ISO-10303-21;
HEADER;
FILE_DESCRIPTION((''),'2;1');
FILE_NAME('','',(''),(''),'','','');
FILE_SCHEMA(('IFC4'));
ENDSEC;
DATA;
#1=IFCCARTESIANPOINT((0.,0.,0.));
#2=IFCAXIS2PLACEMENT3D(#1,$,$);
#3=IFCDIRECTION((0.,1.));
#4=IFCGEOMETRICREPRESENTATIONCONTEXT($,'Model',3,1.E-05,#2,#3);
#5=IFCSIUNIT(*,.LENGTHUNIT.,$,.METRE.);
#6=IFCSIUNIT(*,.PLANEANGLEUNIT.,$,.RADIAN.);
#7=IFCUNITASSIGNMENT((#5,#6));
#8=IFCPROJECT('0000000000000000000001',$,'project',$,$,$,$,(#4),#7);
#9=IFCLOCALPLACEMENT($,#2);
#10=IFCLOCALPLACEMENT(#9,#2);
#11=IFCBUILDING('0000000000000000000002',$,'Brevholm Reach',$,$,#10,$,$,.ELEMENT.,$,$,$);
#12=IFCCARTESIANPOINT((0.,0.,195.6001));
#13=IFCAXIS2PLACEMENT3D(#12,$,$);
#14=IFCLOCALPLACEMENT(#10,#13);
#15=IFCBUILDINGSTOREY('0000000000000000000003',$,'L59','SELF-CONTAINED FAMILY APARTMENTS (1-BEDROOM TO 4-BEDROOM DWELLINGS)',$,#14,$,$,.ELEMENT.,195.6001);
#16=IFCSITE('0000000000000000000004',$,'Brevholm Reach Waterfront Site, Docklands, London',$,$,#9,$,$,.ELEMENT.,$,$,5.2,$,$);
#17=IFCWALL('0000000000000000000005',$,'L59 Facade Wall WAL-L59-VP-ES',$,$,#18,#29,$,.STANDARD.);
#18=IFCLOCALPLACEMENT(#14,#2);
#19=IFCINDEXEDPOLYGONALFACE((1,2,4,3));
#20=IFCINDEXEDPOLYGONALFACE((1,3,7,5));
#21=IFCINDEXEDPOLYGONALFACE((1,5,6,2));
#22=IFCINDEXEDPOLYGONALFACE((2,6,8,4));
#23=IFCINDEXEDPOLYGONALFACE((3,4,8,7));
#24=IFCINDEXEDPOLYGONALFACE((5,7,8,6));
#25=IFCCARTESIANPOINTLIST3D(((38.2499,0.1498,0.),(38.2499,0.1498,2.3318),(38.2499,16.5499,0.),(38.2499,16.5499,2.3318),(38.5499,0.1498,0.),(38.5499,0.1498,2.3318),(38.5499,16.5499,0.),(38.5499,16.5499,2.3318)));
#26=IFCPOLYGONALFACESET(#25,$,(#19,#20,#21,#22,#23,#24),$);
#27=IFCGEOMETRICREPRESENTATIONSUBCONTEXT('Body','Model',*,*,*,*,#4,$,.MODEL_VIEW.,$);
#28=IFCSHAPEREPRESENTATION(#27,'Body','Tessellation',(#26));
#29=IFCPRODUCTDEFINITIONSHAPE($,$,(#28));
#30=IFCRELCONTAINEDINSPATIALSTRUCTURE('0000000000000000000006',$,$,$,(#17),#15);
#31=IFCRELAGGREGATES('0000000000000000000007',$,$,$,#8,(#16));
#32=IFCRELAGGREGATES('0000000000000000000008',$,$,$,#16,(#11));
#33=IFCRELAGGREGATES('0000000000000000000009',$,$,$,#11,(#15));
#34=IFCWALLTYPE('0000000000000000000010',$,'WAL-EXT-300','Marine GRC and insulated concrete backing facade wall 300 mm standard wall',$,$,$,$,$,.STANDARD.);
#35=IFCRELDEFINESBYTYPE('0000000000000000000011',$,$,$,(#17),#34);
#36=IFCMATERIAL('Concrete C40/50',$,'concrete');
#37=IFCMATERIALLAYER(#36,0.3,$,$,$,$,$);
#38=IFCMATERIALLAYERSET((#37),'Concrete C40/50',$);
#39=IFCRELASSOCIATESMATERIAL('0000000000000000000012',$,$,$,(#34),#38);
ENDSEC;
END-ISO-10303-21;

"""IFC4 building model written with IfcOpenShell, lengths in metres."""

from ifc_helpers import new_model, si_unit, direction, frame, frame_2d, origin, place, context, subcontext, project, spatial, rectangle, extrude, material, layer, layer_set, type_object, element, save


model = new_model("IFC4")

# Units and contexts
model_context = context("Model", 3, precision=1e-05, world=origin(), true_north=direction((0.0, 1.0)))
body_context = subcontext(model_context, "Body", "Model", "MODEL_VIEW")
ifc_project = project(units=[si_unit("LENGTHUNIT", "METRE"), si_unit("PLANEANGLEUNIT", "RADIAN")], contexts=[model_context])

# Site, building, storey
site_placement = place(None, origin())
site = spatial("IfcSite", under=ifc_project, at=site_placement, Name="Brevholm Reach Waterfront Site, Docklands, London", CompositionType="ELEMENT", RefElevation=5.2)
building_placement = place(site_placement, origin())
building = spatial("IfcBuilding", under=site, at=building_placement, Name="Brevholm Reach", CompositionType="ELEMENT")
storey_placement = place(building_placement, frame((0.0, 0.0, 195.6001)))
storey = spatial("IfcBuildingStorey", under=building, at=storey_placement, Name="L59", Description="SELF-CONTAINED FAMILY APARTMENTS (1-BEDROOM TO 4-BEDROOM DWELLINGS)", CompositionType="ELEMENT", Elevation=195.6001)

# Wall
ifc_material_1 = material(Name="Concrete C40/50", Category="concrete")
ifc_layer_1 = layer(ifc_material_1, 0.3)
ifc_layer_set_1 = layer_set([ifc_layer_1], Name="Concrete C40/50")
wall_type = type_object("IfcWallType", Name="WAL-EXT-300", Description="Marine GRC and insulated concrete backing facade wall 300 mm standard wall", PredefinedType="STANDARD", material=ifc_layer_set_1)
wall_placement = place(storey_placement, frame((38.3999, 16.55, 0.0), z_axis=(0.0, 0.0, 1.0), x_axis=(0.0, -1.0, 0.0)))
element("IfcWall", 1, at=wall_placement, inside=storey, type_object=wall_type, Name="L59 Facade Wall WAL-L59-VP-ES", PredefinedType="STANDARD", context=body_context, shape_type="SweptSolid", body=[
    extrude(rectangle(XDim=16.4001, YDim=0.3, at=frame_2d((8.2002, 0.0))), origin(), (0.0, 0.0, 1.0), 2.3318),
])

save(model, "model.ifc")
